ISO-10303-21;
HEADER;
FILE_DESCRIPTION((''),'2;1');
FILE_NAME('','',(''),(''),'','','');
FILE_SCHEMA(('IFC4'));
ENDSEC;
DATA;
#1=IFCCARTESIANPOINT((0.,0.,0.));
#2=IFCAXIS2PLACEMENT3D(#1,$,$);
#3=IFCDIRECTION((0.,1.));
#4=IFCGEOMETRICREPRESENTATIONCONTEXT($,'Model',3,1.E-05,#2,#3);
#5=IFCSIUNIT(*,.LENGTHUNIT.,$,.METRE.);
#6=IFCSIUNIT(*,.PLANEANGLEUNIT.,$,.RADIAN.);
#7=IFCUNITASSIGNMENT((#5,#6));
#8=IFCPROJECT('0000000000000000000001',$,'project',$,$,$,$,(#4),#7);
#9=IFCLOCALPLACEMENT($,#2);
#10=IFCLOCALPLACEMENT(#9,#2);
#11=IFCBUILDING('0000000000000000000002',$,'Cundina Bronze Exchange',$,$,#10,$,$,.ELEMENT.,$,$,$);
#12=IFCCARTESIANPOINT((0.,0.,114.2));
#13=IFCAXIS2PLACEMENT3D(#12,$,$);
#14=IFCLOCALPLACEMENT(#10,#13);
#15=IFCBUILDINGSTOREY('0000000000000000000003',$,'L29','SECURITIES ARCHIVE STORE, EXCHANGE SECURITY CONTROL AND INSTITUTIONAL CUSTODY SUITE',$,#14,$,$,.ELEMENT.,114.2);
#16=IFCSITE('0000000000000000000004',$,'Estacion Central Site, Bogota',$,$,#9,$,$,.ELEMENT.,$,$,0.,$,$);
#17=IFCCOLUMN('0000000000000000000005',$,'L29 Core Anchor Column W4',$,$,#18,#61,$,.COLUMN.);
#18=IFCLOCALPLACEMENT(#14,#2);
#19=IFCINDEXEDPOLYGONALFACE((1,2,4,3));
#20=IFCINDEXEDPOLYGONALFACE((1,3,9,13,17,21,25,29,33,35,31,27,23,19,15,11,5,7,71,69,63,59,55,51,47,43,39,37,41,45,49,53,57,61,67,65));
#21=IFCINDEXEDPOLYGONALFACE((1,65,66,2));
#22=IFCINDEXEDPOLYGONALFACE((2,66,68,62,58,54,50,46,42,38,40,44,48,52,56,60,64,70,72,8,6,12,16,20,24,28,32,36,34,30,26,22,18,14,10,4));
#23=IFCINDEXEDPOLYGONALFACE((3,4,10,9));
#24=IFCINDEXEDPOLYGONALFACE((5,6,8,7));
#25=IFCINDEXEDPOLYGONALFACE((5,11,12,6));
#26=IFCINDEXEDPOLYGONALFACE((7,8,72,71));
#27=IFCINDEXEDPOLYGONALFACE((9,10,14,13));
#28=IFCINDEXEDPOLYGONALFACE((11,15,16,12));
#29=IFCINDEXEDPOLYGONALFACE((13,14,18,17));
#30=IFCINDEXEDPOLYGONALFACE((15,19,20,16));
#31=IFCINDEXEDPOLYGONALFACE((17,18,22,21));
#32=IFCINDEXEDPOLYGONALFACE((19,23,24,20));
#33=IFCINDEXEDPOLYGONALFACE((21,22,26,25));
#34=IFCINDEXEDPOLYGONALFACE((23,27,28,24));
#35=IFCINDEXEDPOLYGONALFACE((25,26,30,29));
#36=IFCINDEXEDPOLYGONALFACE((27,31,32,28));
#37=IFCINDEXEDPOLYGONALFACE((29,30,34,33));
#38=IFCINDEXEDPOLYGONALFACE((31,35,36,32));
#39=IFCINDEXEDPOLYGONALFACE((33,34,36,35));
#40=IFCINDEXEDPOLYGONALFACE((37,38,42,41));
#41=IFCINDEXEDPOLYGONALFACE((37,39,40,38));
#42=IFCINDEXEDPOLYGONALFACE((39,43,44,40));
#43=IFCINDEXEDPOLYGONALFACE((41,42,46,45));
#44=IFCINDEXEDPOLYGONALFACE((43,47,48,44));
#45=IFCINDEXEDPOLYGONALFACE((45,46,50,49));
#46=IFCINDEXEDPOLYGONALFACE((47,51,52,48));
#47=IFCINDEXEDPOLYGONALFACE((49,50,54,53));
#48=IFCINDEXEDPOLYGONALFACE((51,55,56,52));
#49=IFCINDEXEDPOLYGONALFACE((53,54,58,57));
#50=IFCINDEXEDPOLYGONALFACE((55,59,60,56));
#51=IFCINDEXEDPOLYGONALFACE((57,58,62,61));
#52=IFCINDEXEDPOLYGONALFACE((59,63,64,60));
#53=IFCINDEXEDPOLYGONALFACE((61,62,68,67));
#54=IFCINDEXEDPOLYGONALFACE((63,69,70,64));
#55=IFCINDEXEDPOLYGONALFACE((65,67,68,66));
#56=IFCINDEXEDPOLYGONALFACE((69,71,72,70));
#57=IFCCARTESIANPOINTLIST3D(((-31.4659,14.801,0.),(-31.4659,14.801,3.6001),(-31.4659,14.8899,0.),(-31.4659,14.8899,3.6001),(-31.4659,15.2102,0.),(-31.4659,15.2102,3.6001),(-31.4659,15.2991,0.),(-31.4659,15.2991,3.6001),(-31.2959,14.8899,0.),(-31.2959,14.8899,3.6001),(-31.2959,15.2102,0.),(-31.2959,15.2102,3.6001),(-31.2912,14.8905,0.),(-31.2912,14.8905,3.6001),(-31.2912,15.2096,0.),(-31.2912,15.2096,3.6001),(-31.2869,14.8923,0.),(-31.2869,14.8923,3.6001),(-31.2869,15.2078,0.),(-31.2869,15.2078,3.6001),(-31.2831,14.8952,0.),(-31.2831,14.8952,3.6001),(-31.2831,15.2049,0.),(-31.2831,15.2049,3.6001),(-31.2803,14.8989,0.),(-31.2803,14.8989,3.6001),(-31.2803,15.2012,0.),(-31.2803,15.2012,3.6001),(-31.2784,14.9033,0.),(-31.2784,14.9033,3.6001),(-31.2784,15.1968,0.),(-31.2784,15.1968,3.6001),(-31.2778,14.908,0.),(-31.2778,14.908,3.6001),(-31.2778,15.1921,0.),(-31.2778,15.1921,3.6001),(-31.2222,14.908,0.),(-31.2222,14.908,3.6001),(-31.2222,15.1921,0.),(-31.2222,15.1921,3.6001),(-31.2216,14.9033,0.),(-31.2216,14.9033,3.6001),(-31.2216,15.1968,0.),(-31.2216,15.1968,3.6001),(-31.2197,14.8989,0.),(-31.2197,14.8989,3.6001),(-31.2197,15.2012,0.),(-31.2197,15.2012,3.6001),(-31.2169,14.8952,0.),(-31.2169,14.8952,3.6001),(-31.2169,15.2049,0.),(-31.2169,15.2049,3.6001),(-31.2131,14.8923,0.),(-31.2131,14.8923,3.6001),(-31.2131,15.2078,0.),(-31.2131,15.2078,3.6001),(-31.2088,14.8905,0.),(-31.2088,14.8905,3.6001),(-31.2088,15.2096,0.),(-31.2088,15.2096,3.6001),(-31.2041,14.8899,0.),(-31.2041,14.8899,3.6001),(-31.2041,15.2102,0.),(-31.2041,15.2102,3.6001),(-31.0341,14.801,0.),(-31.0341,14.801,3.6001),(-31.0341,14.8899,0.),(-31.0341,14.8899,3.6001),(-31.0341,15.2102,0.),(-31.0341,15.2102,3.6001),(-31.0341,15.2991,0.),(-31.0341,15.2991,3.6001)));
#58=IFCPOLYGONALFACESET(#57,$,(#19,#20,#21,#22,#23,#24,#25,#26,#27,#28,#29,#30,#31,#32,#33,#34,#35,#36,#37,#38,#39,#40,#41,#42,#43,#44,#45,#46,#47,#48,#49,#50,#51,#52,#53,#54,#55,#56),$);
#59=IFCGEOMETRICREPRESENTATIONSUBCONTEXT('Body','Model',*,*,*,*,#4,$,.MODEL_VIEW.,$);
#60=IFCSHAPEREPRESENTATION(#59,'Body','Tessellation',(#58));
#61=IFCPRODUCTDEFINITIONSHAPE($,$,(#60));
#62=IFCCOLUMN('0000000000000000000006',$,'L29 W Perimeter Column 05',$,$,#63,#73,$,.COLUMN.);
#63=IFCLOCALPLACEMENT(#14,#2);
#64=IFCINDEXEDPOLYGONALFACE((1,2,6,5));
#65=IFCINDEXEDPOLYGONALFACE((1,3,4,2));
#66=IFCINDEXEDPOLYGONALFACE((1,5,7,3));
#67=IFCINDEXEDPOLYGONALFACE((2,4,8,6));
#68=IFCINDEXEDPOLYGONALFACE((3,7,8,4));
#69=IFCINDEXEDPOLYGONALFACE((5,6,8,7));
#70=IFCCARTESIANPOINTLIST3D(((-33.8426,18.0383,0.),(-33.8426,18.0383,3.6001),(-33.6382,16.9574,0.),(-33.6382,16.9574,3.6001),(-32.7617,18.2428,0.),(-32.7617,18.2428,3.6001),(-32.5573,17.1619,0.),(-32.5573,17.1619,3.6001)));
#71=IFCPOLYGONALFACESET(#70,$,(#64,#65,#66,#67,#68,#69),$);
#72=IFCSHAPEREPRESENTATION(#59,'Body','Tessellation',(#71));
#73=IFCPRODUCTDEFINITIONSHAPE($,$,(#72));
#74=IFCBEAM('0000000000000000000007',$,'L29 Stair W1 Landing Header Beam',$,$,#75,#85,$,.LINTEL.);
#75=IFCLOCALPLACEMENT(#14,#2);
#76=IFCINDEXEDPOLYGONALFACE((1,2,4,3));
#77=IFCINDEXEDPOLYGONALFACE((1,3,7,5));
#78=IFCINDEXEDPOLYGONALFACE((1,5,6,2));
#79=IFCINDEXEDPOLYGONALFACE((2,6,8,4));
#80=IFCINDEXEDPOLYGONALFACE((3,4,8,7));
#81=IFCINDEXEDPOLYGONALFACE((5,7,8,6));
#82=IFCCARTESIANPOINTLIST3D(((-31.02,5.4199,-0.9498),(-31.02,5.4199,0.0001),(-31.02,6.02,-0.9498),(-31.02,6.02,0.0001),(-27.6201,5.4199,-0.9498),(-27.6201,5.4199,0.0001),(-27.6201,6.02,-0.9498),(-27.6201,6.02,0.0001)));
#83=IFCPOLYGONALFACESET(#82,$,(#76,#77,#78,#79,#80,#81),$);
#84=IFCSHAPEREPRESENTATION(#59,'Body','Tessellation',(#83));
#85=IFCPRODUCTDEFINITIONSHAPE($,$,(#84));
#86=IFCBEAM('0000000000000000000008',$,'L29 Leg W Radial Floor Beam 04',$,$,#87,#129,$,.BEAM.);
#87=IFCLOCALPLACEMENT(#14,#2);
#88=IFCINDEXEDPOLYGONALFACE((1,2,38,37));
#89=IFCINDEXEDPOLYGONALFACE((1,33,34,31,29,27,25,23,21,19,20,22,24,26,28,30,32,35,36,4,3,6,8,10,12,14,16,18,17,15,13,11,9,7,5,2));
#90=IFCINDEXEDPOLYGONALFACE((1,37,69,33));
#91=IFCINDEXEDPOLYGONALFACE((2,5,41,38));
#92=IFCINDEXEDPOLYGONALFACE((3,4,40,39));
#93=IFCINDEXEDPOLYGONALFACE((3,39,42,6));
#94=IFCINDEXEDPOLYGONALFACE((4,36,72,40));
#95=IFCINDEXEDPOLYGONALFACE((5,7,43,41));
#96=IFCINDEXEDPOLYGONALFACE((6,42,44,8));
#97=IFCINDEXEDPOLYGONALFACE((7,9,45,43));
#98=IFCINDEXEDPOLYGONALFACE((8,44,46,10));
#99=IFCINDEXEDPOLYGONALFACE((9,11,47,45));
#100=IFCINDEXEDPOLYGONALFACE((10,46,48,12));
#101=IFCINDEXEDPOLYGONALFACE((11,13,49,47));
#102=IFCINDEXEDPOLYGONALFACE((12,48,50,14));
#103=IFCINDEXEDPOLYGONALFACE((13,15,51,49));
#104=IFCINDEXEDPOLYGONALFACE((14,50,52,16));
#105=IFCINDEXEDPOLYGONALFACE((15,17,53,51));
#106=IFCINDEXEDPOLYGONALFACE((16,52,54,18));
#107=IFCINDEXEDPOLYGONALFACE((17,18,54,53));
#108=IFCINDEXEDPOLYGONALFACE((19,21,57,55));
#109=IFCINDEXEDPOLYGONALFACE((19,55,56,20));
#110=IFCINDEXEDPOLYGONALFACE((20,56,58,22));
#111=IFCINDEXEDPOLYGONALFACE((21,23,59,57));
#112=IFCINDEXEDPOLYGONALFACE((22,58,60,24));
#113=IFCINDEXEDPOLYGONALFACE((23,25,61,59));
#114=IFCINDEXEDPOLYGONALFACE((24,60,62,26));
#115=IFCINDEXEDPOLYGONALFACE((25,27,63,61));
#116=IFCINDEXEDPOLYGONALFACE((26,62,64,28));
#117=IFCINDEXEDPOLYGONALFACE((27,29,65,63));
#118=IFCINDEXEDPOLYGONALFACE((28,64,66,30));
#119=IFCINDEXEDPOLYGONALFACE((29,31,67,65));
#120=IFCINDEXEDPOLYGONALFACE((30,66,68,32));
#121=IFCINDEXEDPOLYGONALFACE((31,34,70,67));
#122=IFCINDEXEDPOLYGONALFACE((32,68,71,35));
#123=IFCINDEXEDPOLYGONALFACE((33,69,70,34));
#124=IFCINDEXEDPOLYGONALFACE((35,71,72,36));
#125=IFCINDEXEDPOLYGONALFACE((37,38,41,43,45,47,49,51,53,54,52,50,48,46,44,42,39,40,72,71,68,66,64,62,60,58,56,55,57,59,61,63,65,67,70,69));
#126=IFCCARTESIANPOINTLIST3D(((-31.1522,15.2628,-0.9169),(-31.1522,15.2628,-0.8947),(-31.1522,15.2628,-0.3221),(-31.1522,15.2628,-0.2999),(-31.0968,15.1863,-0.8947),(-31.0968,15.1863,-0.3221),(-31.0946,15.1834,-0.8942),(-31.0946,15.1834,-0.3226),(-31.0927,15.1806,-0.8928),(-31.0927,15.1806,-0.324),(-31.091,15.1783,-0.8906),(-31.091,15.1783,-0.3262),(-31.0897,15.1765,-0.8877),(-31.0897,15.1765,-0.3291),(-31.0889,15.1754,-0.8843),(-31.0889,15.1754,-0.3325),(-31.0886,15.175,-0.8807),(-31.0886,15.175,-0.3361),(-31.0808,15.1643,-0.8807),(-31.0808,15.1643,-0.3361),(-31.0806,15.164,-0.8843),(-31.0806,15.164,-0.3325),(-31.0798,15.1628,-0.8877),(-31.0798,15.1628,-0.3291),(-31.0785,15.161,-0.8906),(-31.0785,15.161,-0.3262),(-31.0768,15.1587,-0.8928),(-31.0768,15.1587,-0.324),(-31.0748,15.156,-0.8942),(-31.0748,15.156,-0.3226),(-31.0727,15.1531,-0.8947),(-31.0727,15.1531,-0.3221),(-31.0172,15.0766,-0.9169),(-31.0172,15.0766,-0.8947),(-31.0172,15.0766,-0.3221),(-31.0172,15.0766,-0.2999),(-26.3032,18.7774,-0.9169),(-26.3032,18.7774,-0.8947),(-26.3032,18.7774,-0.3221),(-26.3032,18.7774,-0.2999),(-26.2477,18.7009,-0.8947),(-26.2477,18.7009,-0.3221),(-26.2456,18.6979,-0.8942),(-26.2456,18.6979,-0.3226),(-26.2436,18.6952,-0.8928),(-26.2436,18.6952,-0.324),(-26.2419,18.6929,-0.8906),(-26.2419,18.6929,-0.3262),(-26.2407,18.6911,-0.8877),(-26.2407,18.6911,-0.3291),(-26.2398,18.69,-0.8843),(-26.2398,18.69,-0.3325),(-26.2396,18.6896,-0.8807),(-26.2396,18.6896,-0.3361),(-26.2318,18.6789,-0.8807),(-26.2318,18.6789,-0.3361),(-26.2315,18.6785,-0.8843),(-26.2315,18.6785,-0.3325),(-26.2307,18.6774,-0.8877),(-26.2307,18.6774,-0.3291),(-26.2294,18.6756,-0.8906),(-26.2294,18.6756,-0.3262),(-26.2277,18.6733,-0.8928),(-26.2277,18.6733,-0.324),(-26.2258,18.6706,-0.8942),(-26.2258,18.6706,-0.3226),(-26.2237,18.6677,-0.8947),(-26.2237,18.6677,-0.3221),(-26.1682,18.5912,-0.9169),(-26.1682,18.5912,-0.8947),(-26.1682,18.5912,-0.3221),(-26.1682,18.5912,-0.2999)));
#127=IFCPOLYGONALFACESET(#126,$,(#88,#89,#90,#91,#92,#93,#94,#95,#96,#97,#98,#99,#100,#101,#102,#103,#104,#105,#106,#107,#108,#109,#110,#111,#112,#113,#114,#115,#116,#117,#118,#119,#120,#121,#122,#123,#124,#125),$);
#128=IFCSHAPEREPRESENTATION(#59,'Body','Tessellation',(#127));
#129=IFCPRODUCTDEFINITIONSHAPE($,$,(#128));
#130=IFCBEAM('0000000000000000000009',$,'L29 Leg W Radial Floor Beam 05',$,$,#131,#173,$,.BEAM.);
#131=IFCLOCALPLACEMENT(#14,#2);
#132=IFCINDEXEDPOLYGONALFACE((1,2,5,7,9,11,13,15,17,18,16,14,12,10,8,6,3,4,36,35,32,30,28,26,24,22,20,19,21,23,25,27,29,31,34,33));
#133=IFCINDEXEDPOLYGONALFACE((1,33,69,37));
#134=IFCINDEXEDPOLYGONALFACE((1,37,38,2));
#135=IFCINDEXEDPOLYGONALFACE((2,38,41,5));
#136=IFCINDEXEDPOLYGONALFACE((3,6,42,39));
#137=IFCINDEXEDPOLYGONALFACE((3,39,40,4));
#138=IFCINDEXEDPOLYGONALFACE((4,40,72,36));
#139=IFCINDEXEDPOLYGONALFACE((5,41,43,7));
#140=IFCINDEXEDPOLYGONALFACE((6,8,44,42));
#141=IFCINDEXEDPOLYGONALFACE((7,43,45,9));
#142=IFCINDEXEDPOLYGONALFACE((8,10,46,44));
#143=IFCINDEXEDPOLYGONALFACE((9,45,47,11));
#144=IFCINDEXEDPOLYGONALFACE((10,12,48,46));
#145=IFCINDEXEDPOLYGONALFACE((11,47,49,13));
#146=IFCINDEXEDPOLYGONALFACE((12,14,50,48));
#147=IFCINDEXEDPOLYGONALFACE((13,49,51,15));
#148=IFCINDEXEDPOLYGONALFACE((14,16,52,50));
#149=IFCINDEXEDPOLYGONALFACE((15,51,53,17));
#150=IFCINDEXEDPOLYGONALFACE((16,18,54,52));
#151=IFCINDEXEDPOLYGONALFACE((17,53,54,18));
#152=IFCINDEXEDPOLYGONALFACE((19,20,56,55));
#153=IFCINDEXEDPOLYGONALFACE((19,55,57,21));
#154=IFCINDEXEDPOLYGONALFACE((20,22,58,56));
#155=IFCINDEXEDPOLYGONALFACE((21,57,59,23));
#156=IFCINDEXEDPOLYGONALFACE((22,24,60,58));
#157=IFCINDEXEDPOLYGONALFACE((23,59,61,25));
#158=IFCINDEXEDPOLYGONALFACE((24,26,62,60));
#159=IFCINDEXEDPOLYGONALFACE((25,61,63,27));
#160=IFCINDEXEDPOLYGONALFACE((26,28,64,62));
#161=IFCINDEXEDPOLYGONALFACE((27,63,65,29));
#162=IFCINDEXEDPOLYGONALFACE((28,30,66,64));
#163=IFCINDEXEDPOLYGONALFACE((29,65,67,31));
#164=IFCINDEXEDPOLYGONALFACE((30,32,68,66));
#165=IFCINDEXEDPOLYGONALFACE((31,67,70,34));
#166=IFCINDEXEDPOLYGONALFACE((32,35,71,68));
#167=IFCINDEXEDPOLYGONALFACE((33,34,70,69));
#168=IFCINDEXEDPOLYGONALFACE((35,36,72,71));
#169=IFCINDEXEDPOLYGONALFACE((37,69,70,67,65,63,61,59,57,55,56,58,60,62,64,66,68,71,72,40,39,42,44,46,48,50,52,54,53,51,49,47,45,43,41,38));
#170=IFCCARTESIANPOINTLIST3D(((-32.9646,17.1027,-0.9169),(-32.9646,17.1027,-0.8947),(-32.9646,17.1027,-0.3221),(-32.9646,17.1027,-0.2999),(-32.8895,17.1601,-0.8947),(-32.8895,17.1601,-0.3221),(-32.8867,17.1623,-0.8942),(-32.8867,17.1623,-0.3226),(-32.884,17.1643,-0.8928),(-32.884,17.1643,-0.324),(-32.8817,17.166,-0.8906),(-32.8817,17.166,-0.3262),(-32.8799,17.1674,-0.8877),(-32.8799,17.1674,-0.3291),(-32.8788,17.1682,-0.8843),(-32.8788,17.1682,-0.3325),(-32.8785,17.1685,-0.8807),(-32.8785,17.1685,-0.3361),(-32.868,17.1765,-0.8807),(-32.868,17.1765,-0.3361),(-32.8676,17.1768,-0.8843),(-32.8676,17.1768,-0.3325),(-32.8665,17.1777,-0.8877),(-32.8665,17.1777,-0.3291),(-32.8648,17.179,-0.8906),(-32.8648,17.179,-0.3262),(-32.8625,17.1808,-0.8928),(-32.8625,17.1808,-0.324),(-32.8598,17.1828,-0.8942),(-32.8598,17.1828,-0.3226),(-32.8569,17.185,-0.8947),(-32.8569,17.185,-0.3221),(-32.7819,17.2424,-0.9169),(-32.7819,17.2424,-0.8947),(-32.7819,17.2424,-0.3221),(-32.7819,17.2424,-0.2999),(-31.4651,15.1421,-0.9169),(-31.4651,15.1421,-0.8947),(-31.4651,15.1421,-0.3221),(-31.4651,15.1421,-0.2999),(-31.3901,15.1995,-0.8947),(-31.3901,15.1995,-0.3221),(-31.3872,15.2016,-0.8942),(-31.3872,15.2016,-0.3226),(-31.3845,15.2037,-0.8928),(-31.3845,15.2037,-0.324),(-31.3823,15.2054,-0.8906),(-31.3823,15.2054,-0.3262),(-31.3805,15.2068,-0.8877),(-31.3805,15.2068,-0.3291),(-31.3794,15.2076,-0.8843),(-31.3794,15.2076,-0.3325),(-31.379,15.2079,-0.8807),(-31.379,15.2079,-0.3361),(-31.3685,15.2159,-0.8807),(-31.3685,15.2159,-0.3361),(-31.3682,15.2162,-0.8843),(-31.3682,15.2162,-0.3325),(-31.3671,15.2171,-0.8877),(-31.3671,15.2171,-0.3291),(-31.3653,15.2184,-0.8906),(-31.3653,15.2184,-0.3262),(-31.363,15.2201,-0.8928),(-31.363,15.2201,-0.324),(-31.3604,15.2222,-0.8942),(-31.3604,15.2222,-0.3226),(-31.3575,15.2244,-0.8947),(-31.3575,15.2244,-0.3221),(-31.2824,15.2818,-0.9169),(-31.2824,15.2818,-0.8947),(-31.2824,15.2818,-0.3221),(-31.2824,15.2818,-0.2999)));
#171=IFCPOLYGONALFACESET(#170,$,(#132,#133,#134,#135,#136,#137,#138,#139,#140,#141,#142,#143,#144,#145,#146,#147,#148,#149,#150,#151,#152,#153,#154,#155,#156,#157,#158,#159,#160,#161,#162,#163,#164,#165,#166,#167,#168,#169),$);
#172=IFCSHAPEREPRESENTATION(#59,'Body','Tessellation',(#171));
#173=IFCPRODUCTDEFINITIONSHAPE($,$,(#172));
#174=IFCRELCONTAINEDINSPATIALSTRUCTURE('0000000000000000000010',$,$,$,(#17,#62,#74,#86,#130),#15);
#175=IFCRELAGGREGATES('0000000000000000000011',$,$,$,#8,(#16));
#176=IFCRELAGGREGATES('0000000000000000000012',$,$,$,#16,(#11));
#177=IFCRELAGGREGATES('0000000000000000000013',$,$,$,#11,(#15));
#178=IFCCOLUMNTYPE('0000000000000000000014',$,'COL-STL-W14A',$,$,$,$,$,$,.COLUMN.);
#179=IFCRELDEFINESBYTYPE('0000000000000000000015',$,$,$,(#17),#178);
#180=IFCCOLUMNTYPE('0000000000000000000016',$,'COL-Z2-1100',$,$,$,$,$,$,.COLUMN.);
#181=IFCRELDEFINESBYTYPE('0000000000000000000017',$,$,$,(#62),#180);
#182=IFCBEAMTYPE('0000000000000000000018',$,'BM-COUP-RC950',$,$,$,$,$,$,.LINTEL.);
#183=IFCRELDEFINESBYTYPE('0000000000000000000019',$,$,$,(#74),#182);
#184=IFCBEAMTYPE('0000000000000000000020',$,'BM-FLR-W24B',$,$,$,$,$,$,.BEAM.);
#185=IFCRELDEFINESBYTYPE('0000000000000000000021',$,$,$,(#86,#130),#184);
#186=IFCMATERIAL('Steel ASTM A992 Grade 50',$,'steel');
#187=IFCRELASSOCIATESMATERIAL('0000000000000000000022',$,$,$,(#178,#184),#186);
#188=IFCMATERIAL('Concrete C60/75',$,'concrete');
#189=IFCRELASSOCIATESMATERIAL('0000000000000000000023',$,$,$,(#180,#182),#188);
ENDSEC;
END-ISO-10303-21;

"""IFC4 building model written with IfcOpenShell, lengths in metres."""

from ifc_helpers import new_model, si_unit, direction, frame, origin, origin_2d, place, context, subcontext, project, spatial, rectangle, i_section, extrude, material, material_profile, profile_set, type_object, element, save


model = new_model("IFC4")

# Units and contexts
model_context = context("Model", 3, precision=1e-05, world=origin(), true_north=direction((0.0, 1.0)))
body_context = subcontext(model_context, "Body", "Model", "MODEL_VIEW")
ifc_project = project(units=[si_unit("LENGTHUNIT", "METRE"), si_unit("PLANEANGLEUNIT", "RADIAN")], contexts=[model_context])

# Site, building, storey
site_placement = place(None, origin())
site = spatial("IfcSite", under=ifc_project, at=site_placement, Name="Estacion Central Site, Bogota", CompositionType="ELEMENT", RefElevation=0.0)
building_placement = place(site_placement, origin())
building = spatial("IfcBuilding", under=site, at=building_placement, Name="Cundina Bronze Exchange", CompositionType="ELEMENT")
storey_placement = place(building_placement, frame((0.0, 0.0, 114.2)))
storey = spatial("IfcBuildingStorey", under=building, at=storey_placement, Name="L29", Description="SECURITIES ARCHIVE STORE, EXCHANGE SECURITY CONTROL AND INSTITUTIONAL CUSTODY SUITE", CompositionType="ELEMENT", Elevation=114.2)

# Columns
ifc_material_1 = material(Name="Steel ASTM A992 Grade 50", Category="steel")
ifc_material_profile_1 = material_profile(ifc_material_1, i_section(OverallWidth=0.4319, OverallDepth=0.498, WebThickness=0.0557, FlangeThickness=0.0889, FilletRadius=0.0181, at=origin_2d()), Name="W14X500", Category="steel")
ifc_profile_set_1 = profile_set([ifc_material_profile_1], Name="Steel ASTM A992 Grade 50")
column_type_1 = type_object("IfcColumnType", Name="COL-STL-W14A", PredefinedType="COLUMN", material=ifc_profile_set_1)
column_1_placement = place(storey_placement, frame((-31.25, 15.05, 0.0), z_axis=(0.0, 0.0, 1.0), x_axis=(1.0, 0.0, 0.0)))
element("IfcColumn", 1, at=column_1_placement, inside=storey, type_object=column_type_1, Name="L29 Core Anchor Column W4", PredefinedType="COLUMN", context=body_context, shape_type="SweptSolid", body=[
    extrude(i_section(OverallWidth=0.4319, OverallDepth=0.498, WebThickness=0.0557, FlangeThickness=0.0889, FilletRadius=0.0181, at=origin_2d()), origin(), (0.0, 0.0, 1.0), 3.6001),
])
ifc_material_2 = material(Name="Concrete C60/75", Category="concrete")
ifc_material_profile_2 = material_profile(ifc_material_2, rectangle(XDim=1.1001, YDim=1.1001, at=origin_2d()), Name="RC1100X1100", Category="concrete")
ifc_profile_set_2 = profile_set([ifc_material_profile_2], Name="Concrete C60/75")
column_type_2 = type_object("IfcColumnType", Name="COL-Z2-1100", PredefinedType="COLUMN", material=ifc_profile_set_2)
column_2_placement = place(storey_placement, frame((-33.2, 17.6001, 0.0), z_axis=(0.0, 0.0, 1.0), x_axis=(-0.98258, -0.185838, 0.0)))
element("IfcColumn", 2, at=column_2_placement, inside=storey, type_object=column_type_2, Name="L29 W Perimeter Column 05", PredefinedType="COLUMN", context=body_context, shape_type="SweptSolid", body=[
    extrude(rectangle(XDim=1.1001, YDim=1.1001, at=origin_2d()), origin(), (0.0, 0.0, 1.0), 3.6001),
])

# Beams
ifc_material_profile_3 = material_profile(ifc_material_2, rectangle(XDim=0.6001, YDim=0.95, at=origin_2d()), Name="RC600X950", Category="concrete")
ifc_profile_set_3 = profile_set([ifc_material_profile_3], Name="Concrete C60/75")
beam_type_1 = type_object("IfcBeamType", Name="BM-COUP-RC950", PredefinedType="LINTEL", material=ifc_profile_set_3)
beam_1_placement = place(storey_placement, frame((-31.02, 5.72, -0.4749), z_axis=(1.0, 0.0, 0.0), x_axis=(0.0, 1.0, 0.0)))
element("IfcBeam", 3, at=beam_1_placement, inside=storey, type_object=beam_type_1, Name="L29 Stair W1 Landing Header Beam", PredefinedType="LINTEL", context=body_context, shape_type="SweptSolid", body=[
    extrude(rectangle(XDim=0.6001, YDim=0.95, at=origin_2d()), origin(), (0.0, 0.0, 1.0), 3.3999),
])
ifc_material_profile_4 = material_profile(ifc_material_1, i_section(OverallWidth=0.23, OverallDepth=0.6169, WebThickness=0.0132, FlangeThickness=0.0222, FilletRadius=0.0139, at=origin_2d()), Name="W24X94", Category="steel")
ifc_profile_set_4 = profile_set([ifc_material_profile_4], Name="Steel ASTM A992 Grade 50")
beam_type_2 = type_object("IfcBeamType", Name="BM-FLR-W24B", PredefinedType="BEAM", material=ifc_profile_set_4)
beam_2_placement = place(storey_placement, frame((-31.0847, 15.1697, -0.6084), z_axis=(0.809687, 0.586862, 0.0), x_axis=(-0.586862, 0.809687, 0.0)))
element("IfcBeam", 4, at=beam_2_placement, inside=storey, type_object=beam_type_2, Name="L29 Leg W Radial Floor Beam 04", PredefinedType="BEAM", context=body_context, shape_type="SweptSolid", body=[
    extrude(i_section(OverallWidth=0.23, OverallDepth=0.6169, WebThickness=0.0132, FlangeThickness=0.0222, FilletRadius=0.0139, at=origin_2d()), origin(), (0.0, 0.0, 1.0), 5.9888),
])
beam_3_placement = place(storey_placement, frame((-31.3738, 15.2119, -0.6084), z_axis=(-0.60749, 0.794327, 0.0), x_axis=(-0.794327, -0.60749, 0.0)))
element("IfcBeam", 5, at=beam_3_placement, inside=storey, type_object=beam_type_2, Name="L29 Leg W Radial Floor Beam 05", PredefinedType="BEAM", context=body_context, shape_type="SweptSolid", body=[
    extrude(i_section(OverallWidth=0.23, OverallDepth=0.6169, WebThickness=0.0132, FlangeThickness=0.0222, FilletRadius=0.0139, at=origin_2d()), origin(), (0.0, 0.0, 1.0), 2.4683),
])

save(model, "model.ifc")
